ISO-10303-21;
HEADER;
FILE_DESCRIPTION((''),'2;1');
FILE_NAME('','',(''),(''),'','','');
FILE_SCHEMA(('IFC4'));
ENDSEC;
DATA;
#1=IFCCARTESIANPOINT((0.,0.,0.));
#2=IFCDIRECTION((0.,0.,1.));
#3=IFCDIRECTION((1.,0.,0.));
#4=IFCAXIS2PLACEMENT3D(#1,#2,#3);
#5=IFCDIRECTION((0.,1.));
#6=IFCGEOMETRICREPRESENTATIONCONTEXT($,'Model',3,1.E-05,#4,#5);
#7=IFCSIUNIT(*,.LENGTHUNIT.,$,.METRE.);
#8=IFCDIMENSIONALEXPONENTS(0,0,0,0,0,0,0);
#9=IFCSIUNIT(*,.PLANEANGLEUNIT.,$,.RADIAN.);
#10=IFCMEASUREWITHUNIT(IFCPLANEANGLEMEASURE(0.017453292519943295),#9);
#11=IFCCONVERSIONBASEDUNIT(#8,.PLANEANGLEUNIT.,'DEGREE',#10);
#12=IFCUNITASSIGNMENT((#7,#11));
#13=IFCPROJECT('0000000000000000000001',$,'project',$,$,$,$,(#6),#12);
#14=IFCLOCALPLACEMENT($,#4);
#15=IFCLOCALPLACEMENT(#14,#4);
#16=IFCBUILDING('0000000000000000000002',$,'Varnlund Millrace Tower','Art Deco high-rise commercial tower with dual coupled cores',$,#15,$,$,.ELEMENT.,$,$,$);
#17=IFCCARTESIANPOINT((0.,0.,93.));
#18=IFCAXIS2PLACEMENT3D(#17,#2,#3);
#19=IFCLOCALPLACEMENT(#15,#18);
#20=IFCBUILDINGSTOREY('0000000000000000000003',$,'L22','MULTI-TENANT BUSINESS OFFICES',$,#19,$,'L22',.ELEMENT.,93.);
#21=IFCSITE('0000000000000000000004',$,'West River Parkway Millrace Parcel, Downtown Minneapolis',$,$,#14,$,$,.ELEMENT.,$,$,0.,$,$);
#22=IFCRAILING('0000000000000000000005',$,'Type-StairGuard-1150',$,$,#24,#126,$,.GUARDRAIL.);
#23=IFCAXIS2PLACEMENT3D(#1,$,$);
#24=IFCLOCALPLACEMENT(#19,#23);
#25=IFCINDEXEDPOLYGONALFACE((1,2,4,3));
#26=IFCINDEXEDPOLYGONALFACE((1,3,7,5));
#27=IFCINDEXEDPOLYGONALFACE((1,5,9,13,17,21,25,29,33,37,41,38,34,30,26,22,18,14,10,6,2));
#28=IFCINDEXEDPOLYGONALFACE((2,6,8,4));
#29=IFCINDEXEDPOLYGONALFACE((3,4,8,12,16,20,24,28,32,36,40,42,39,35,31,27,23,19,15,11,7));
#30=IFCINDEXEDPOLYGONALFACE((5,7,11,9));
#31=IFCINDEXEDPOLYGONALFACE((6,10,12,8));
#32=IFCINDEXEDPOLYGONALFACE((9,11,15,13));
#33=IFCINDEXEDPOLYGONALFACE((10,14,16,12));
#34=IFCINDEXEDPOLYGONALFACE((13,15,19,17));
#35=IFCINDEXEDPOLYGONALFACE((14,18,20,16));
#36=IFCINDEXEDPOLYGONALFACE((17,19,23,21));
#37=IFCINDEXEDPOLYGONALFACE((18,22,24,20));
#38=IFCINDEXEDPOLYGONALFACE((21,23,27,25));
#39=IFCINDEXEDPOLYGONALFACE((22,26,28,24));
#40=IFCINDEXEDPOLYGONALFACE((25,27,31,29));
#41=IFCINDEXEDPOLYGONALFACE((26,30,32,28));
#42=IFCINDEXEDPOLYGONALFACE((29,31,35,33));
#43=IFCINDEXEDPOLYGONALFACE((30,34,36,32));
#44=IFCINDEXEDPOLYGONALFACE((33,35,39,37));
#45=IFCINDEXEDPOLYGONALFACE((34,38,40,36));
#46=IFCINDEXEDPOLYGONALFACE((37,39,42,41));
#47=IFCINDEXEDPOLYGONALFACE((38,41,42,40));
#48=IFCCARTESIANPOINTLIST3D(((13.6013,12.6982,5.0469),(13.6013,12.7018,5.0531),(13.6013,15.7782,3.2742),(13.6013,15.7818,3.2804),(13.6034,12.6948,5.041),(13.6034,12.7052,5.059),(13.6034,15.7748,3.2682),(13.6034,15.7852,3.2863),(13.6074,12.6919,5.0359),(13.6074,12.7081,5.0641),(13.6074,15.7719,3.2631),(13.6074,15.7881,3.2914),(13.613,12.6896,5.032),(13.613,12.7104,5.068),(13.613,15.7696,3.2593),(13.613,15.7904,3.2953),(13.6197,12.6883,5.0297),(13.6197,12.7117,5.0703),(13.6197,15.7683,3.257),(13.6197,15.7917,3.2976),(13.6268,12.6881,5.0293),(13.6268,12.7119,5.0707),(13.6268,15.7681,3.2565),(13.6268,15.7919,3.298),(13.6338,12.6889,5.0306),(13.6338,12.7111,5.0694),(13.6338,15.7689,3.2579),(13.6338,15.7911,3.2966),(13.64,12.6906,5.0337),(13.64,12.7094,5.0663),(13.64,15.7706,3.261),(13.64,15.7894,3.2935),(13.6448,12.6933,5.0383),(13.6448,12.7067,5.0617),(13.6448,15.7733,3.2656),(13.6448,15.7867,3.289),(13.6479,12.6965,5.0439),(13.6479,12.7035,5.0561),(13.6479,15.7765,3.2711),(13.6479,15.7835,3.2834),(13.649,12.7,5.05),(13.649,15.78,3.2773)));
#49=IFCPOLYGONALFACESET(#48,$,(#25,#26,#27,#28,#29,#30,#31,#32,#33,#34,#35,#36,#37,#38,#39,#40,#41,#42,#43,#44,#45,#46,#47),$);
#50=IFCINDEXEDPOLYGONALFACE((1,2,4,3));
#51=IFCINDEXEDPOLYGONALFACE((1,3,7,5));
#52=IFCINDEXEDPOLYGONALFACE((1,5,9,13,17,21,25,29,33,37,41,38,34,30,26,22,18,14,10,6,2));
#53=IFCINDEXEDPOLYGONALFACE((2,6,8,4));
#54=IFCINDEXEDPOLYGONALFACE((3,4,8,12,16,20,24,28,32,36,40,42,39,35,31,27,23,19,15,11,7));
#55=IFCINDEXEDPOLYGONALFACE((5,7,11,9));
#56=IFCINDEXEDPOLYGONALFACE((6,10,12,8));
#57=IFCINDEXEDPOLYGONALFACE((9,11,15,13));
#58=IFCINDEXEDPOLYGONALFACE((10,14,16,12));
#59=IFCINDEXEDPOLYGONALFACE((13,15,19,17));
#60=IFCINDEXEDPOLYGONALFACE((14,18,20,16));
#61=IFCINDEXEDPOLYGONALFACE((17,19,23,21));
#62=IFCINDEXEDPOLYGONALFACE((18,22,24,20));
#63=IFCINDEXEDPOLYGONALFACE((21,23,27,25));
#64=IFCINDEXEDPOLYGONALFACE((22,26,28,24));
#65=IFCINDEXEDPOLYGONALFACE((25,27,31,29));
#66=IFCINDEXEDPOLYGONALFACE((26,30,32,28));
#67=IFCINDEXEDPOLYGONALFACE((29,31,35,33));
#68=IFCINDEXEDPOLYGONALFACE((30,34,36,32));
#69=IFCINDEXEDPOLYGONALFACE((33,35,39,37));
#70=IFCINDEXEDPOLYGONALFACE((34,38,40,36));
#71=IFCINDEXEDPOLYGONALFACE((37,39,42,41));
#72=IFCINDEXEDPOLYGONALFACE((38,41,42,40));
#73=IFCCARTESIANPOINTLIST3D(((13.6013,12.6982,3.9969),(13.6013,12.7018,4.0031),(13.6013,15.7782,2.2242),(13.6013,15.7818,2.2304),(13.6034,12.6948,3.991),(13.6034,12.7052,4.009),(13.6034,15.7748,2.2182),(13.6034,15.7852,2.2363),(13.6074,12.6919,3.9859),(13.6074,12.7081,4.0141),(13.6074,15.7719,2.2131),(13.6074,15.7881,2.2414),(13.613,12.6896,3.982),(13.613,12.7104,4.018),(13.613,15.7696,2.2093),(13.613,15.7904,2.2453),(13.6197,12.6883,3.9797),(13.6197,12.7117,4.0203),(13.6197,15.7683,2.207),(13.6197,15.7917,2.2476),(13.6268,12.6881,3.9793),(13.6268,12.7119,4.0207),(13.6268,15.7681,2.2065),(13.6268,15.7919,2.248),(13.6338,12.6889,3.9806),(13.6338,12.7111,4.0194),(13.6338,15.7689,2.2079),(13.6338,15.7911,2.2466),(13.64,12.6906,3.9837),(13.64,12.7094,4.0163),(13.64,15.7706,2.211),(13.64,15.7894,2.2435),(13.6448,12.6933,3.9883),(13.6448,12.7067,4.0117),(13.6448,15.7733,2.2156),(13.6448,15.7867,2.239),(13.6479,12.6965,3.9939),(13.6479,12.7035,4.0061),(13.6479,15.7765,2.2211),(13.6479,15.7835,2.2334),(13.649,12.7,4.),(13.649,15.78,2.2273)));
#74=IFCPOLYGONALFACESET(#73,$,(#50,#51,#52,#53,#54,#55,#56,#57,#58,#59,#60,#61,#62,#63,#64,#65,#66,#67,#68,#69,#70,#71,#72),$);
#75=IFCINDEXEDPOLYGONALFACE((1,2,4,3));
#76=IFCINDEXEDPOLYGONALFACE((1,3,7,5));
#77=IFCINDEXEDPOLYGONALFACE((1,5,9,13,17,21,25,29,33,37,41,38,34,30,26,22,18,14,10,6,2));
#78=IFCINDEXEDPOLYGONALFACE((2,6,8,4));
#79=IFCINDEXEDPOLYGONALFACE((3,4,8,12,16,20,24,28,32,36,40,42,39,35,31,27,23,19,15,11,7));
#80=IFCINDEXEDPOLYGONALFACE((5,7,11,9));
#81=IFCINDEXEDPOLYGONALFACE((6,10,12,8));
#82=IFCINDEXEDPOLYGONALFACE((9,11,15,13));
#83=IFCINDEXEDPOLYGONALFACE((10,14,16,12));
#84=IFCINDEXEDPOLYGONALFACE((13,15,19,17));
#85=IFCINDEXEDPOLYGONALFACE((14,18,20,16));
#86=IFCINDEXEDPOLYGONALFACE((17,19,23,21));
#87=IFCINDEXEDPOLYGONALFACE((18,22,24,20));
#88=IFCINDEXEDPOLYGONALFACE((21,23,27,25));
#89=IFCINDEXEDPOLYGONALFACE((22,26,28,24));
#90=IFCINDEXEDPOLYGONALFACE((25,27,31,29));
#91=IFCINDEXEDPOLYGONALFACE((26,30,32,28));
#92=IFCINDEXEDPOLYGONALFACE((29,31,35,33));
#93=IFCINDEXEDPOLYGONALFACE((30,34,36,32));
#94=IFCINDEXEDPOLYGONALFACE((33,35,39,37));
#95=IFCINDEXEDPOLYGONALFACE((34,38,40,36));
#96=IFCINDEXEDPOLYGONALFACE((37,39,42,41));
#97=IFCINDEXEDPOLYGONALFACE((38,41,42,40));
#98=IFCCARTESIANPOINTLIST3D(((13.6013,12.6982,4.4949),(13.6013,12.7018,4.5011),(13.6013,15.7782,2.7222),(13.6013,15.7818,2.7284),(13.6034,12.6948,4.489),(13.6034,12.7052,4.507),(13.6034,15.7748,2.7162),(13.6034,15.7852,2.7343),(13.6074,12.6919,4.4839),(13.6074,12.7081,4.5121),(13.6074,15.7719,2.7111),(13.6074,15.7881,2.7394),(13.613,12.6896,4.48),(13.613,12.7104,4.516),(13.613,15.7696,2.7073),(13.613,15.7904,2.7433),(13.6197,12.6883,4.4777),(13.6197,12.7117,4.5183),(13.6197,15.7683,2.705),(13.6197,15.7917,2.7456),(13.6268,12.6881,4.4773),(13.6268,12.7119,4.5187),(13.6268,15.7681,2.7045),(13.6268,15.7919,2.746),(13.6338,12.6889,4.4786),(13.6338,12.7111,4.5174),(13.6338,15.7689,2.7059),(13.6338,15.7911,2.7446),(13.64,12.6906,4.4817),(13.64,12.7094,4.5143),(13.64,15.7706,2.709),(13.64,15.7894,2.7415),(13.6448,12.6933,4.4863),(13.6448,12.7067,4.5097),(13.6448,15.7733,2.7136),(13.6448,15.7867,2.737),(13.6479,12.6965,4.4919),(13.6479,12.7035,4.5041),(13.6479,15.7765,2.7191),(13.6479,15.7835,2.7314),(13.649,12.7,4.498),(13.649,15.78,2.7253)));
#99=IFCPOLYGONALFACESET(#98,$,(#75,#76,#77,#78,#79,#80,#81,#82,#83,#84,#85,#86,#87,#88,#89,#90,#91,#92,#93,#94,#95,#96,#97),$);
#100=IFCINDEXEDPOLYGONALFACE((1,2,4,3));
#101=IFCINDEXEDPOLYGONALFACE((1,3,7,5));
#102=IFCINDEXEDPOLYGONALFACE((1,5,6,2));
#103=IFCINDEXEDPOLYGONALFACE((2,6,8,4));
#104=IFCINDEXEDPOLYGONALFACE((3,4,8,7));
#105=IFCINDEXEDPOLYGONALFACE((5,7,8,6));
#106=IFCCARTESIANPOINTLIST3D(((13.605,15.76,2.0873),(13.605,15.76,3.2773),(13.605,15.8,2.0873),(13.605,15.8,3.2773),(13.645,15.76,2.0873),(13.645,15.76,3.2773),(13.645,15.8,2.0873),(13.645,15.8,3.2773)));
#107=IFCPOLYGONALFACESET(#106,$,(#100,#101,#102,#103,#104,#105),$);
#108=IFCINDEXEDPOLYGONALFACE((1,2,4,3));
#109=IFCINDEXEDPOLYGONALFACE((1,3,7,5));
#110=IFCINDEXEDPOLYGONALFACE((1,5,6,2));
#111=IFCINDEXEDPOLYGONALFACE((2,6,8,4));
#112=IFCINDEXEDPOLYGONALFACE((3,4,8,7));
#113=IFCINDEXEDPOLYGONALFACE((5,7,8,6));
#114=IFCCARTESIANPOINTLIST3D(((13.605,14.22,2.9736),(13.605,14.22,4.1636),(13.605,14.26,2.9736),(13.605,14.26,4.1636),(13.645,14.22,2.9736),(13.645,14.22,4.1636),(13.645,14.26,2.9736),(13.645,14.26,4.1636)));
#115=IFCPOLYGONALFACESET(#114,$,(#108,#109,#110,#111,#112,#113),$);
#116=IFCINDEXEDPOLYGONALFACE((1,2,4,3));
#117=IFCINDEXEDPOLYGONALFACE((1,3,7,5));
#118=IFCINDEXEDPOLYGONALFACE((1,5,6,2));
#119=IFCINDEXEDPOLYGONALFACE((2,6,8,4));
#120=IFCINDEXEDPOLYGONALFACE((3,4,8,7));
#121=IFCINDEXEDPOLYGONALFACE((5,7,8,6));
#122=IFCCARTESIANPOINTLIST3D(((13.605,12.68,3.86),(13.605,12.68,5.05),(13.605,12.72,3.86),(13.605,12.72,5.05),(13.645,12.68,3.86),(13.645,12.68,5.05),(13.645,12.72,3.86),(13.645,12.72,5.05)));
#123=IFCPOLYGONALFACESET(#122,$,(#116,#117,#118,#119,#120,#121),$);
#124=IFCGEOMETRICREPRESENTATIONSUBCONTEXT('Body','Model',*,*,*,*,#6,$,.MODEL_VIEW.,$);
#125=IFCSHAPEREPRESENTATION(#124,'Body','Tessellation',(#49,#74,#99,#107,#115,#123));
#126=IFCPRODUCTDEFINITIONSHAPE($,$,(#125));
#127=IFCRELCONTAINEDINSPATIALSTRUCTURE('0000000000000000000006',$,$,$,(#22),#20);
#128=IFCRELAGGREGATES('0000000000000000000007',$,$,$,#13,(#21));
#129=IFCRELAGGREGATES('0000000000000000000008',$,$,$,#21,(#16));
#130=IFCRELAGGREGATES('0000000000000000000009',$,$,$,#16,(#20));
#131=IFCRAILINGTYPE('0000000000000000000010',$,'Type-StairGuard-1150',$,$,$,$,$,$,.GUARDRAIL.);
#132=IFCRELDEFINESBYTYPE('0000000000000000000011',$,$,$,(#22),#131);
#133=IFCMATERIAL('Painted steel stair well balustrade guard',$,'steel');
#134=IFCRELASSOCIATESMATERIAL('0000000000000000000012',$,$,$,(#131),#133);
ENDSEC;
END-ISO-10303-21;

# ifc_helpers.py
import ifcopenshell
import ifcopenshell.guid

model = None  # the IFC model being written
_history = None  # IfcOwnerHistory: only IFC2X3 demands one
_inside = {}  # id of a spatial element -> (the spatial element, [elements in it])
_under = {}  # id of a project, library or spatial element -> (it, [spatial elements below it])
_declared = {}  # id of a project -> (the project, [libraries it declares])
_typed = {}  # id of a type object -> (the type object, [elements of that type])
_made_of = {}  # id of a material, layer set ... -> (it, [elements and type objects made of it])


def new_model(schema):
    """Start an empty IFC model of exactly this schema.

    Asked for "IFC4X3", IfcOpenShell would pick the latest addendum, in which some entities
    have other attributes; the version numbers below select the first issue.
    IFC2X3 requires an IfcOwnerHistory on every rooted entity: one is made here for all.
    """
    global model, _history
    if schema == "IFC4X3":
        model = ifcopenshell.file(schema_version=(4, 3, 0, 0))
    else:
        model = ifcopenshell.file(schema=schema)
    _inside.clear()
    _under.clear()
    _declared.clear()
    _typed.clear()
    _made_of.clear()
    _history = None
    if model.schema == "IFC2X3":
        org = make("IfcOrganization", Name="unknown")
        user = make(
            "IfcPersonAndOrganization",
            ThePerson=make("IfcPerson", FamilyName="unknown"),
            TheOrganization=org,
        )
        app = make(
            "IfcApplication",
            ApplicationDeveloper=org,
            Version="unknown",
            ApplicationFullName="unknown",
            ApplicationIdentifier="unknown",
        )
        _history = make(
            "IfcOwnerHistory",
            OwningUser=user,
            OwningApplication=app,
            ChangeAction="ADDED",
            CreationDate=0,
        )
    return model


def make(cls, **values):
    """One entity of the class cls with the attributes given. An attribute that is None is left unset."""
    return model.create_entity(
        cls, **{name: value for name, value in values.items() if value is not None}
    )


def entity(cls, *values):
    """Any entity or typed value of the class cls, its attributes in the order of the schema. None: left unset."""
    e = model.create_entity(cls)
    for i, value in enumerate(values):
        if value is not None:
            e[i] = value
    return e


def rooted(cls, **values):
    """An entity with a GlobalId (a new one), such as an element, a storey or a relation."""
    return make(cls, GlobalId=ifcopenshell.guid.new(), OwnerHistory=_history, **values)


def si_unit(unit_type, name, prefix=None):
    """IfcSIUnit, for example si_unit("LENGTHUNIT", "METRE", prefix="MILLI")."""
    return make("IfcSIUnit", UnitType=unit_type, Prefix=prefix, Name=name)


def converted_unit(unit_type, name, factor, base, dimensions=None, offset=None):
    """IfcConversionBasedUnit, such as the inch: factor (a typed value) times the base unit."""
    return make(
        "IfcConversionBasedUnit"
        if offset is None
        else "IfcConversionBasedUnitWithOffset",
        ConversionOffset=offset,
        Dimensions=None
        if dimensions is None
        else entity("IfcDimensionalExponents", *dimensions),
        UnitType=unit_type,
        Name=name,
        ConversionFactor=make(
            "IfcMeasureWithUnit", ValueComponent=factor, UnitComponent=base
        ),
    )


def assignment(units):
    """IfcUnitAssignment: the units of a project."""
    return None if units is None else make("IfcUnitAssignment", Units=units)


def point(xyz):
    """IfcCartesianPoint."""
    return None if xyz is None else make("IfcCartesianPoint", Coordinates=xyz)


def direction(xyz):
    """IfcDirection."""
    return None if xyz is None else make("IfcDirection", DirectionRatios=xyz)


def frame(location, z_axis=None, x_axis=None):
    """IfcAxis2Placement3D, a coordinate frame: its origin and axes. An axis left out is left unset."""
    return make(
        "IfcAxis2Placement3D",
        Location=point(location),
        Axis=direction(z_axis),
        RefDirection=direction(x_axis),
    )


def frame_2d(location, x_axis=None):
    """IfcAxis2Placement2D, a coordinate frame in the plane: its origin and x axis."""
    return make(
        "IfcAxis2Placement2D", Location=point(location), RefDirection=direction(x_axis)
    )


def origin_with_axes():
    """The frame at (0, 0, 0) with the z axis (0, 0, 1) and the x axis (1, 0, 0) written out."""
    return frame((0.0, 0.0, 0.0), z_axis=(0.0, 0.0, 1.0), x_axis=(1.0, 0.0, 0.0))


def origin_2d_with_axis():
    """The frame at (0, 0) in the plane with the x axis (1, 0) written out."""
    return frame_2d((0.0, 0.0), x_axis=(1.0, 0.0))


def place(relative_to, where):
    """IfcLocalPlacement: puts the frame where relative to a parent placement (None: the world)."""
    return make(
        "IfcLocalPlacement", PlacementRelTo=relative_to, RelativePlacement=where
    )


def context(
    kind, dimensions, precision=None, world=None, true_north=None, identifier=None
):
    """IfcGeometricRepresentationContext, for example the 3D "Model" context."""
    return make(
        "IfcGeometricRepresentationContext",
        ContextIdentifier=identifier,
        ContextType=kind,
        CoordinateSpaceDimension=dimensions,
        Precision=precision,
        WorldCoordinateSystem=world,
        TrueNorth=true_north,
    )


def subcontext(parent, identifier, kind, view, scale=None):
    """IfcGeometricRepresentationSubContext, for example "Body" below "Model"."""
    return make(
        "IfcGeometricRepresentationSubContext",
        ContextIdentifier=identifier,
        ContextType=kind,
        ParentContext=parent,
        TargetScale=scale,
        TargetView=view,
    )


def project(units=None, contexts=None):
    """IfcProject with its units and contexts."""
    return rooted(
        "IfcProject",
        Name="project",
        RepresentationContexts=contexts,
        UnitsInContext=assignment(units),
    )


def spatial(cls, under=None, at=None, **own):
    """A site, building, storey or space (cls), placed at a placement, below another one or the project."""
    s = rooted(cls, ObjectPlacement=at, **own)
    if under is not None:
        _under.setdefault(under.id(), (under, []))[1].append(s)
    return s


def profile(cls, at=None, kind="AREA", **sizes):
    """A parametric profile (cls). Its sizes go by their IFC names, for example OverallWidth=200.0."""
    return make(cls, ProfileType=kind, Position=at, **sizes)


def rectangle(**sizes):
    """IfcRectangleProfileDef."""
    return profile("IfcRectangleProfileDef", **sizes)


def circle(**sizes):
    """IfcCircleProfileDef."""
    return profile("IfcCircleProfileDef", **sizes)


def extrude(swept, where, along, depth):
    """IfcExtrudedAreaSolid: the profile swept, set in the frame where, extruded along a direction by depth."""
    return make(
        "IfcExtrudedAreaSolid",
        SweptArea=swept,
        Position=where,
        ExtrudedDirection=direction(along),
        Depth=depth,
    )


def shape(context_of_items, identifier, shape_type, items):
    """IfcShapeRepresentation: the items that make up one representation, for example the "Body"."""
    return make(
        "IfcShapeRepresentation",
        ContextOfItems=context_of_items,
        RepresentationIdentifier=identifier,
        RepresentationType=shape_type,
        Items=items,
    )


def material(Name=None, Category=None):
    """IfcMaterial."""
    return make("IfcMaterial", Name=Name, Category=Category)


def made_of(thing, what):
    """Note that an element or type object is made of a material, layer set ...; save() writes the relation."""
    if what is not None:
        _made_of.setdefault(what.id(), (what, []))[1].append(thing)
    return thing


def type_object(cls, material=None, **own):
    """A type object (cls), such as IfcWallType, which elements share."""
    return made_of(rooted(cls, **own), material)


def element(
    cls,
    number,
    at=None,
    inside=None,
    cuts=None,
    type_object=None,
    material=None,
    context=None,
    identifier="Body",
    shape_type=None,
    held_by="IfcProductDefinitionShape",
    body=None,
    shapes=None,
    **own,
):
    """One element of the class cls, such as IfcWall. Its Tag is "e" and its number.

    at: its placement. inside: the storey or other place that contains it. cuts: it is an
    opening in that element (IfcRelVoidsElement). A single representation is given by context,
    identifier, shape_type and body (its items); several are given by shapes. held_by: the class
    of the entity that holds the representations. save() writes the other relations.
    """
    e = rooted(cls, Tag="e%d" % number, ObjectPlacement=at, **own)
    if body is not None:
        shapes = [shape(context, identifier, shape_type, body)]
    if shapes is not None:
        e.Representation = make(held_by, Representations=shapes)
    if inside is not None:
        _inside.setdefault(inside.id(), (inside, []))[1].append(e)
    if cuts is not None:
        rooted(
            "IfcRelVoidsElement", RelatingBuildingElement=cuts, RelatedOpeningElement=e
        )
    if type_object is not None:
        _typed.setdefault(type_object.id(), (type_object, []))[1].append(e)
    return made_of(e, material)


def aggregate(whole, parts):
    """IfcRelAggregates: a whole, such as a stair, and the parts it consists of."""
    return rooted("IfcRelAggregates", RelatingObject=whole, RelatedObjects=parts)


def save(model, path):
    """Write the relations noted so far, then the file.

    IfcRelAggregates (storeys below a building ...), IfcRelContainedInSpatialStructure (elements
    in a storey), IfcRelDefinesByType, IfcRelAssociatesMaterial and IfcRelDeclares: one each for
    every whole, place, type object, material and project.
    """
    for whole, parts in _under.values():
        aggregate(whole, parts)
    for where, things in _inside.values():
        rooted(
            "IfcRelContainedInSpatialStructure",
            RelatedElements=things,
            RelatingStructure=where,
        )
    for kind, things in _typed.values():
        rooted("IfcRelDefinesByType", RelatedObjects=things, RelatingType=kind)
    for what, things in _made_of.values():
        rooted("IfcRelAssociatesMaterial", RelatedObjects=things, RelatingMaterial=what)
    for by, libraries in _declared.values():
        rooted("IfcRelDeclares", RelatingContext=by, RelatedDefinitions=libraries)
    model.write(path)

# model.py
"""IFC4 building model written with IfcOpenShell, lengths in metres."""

from ifc_helpers import new_model, entity, si_unit, converted_unit, direction, frame, origin_with_axes, origin_2d_with_axis, place, context, subcontext, project, spatial, rectangle, circle, extrude, material, type_object, element, save


model = new_model("IFC4")

# Units and contexts
model_context = context("Model", 3, precision=1e-05, world=origin_with_axes(), true_north=direction((0.0, 1.0)))
body_context = subcontext(model_context, "Body", "Model", "MODEL_VIEW")
ifc_project = project(units=[si_unit("LENGTHUNIT", "METRE"), converted_unit("PLANEANGLEUNIT", "DEGREE", entity("IfcPlaneAngleMeasure", 0.017453292519943295), si_unit("PLANEANGLEUNIT", "RADIAN"), dimensions=[0, 0, 0, 0, 0, 0, 0])], contexts=[model_context])

# Site, building, storey
site_placement = place(None, origin_with_axes())
site = spatial("IfcSite", under=ifc_project, at=site_placement, Name="West River Parkway Millrace Parcel, Downtown Minneapolis", CompositionType="ELEMENT", RefElevation=0.0)
building_placement = place(site_placement, origin_with_axes())
building = spatial("IfcBuilding", under=site, at=building_placement, Name="Varnlund Millrace Tower", Description="Art Deco high-rise commercial tower with dual coupled cores", CompositionType="ELEMENT")
storey_placement = place(building_placement, frame((0.0, 0.0, 93.0), z_axis=(0.0, 0.0, 1.0), x_axis=(1.0, 0.0, 0.0)))
storey = spatial("IfcBuildingStorey", under=building, at=storey_placement, Name="L22", Description="MULTI-TENANT BUSINESS OFFICES", LongName="L22", CompositionType="ELEMENT", Elevation=93.0)

# Railing
ifc_material_1 = material(Name="Painted steel stair well balustrade guard", Category="steel")
railing_type_1 = type_object("IfcRailingType", Name="Type-StairGuard-1150", PredefinedType="GUARDRAIL", material=ifc_material_1)
railing_1_placement = place(storey_placement, frame((0.0, 0.0, -93.0), z_axis=(0.0, 0.0, 1.0), x_axis=(1.0, 0.0, 0.0)))
element("IfcRailing", 1, at=railing_1_placement, inside=storey, type_object=railing_type_1, Name="Type-StairGuard-1150", PredefinedType="GUARDRAIL", context=body_context, shape_type="SweptSolid", body=[
    extrude(circle(Radius=0.024, at=origin_2d_with_axis()), frame((13.625, 15.78, 96.2773), z_axis=(0.0, -0.866696, 0.498836), x_axis=(1.0, 0.0, 0.0)), (0.0, 0.0, 1.0), 3.5537),
    extrude(circle(Radius=0.024, at=origin_2d_with_axis()), frame((13.625, 15.78, 95.2273), z_axis=(0.0, -0.866696, 0.498836), x_axis=(1.0, 0.0, 0.0)), (0.0, 0.0, 1.0), 3.5537),
    extrude(circle(Radius=0.024, at=origin_2d_with_axis()), frame((13.625, 15.78, 95.7253), z_axis=(0.0, -0.866696, 0.498836), x_axis=(1.0, 0.0, 0.0)), (0.0, 0.0, 1.0), 3.5537),
    extrude(rectangle(XDim=0.04, YDim=0.04, at=origin_2d_with_axis()), frame((13.625, 15.78, 95.0873), z_axis=(0.0, 0.0, 1.0), x_axis=(1.0, 0.0, 0.0)), (0.0, 0.0, 1.0), 1.19),
    extrude(rectangle(XDim=0.04, YDim=0.04, at=origin_2d_with_axis()), frame((13.625, 14.24, 95.9736), z_axis=(0.0, 0.0, 1.0), x_axis=(1.0, 0.0, 0.0)), (0.0, 0.0, 1.0), 1.19),
    extrude(rectangle(XDim=0.04, YDim=0.04, at=origin_2d_with_axis()), frame((13.625, 12.7, 96.86), z_axis=(0.0, 0.0, 1.0), x_axis=(1.0, 0.0, 0.0)), (0.0, 0.0, 1.0), 1.19),
])

save(model, "model.ifc")
